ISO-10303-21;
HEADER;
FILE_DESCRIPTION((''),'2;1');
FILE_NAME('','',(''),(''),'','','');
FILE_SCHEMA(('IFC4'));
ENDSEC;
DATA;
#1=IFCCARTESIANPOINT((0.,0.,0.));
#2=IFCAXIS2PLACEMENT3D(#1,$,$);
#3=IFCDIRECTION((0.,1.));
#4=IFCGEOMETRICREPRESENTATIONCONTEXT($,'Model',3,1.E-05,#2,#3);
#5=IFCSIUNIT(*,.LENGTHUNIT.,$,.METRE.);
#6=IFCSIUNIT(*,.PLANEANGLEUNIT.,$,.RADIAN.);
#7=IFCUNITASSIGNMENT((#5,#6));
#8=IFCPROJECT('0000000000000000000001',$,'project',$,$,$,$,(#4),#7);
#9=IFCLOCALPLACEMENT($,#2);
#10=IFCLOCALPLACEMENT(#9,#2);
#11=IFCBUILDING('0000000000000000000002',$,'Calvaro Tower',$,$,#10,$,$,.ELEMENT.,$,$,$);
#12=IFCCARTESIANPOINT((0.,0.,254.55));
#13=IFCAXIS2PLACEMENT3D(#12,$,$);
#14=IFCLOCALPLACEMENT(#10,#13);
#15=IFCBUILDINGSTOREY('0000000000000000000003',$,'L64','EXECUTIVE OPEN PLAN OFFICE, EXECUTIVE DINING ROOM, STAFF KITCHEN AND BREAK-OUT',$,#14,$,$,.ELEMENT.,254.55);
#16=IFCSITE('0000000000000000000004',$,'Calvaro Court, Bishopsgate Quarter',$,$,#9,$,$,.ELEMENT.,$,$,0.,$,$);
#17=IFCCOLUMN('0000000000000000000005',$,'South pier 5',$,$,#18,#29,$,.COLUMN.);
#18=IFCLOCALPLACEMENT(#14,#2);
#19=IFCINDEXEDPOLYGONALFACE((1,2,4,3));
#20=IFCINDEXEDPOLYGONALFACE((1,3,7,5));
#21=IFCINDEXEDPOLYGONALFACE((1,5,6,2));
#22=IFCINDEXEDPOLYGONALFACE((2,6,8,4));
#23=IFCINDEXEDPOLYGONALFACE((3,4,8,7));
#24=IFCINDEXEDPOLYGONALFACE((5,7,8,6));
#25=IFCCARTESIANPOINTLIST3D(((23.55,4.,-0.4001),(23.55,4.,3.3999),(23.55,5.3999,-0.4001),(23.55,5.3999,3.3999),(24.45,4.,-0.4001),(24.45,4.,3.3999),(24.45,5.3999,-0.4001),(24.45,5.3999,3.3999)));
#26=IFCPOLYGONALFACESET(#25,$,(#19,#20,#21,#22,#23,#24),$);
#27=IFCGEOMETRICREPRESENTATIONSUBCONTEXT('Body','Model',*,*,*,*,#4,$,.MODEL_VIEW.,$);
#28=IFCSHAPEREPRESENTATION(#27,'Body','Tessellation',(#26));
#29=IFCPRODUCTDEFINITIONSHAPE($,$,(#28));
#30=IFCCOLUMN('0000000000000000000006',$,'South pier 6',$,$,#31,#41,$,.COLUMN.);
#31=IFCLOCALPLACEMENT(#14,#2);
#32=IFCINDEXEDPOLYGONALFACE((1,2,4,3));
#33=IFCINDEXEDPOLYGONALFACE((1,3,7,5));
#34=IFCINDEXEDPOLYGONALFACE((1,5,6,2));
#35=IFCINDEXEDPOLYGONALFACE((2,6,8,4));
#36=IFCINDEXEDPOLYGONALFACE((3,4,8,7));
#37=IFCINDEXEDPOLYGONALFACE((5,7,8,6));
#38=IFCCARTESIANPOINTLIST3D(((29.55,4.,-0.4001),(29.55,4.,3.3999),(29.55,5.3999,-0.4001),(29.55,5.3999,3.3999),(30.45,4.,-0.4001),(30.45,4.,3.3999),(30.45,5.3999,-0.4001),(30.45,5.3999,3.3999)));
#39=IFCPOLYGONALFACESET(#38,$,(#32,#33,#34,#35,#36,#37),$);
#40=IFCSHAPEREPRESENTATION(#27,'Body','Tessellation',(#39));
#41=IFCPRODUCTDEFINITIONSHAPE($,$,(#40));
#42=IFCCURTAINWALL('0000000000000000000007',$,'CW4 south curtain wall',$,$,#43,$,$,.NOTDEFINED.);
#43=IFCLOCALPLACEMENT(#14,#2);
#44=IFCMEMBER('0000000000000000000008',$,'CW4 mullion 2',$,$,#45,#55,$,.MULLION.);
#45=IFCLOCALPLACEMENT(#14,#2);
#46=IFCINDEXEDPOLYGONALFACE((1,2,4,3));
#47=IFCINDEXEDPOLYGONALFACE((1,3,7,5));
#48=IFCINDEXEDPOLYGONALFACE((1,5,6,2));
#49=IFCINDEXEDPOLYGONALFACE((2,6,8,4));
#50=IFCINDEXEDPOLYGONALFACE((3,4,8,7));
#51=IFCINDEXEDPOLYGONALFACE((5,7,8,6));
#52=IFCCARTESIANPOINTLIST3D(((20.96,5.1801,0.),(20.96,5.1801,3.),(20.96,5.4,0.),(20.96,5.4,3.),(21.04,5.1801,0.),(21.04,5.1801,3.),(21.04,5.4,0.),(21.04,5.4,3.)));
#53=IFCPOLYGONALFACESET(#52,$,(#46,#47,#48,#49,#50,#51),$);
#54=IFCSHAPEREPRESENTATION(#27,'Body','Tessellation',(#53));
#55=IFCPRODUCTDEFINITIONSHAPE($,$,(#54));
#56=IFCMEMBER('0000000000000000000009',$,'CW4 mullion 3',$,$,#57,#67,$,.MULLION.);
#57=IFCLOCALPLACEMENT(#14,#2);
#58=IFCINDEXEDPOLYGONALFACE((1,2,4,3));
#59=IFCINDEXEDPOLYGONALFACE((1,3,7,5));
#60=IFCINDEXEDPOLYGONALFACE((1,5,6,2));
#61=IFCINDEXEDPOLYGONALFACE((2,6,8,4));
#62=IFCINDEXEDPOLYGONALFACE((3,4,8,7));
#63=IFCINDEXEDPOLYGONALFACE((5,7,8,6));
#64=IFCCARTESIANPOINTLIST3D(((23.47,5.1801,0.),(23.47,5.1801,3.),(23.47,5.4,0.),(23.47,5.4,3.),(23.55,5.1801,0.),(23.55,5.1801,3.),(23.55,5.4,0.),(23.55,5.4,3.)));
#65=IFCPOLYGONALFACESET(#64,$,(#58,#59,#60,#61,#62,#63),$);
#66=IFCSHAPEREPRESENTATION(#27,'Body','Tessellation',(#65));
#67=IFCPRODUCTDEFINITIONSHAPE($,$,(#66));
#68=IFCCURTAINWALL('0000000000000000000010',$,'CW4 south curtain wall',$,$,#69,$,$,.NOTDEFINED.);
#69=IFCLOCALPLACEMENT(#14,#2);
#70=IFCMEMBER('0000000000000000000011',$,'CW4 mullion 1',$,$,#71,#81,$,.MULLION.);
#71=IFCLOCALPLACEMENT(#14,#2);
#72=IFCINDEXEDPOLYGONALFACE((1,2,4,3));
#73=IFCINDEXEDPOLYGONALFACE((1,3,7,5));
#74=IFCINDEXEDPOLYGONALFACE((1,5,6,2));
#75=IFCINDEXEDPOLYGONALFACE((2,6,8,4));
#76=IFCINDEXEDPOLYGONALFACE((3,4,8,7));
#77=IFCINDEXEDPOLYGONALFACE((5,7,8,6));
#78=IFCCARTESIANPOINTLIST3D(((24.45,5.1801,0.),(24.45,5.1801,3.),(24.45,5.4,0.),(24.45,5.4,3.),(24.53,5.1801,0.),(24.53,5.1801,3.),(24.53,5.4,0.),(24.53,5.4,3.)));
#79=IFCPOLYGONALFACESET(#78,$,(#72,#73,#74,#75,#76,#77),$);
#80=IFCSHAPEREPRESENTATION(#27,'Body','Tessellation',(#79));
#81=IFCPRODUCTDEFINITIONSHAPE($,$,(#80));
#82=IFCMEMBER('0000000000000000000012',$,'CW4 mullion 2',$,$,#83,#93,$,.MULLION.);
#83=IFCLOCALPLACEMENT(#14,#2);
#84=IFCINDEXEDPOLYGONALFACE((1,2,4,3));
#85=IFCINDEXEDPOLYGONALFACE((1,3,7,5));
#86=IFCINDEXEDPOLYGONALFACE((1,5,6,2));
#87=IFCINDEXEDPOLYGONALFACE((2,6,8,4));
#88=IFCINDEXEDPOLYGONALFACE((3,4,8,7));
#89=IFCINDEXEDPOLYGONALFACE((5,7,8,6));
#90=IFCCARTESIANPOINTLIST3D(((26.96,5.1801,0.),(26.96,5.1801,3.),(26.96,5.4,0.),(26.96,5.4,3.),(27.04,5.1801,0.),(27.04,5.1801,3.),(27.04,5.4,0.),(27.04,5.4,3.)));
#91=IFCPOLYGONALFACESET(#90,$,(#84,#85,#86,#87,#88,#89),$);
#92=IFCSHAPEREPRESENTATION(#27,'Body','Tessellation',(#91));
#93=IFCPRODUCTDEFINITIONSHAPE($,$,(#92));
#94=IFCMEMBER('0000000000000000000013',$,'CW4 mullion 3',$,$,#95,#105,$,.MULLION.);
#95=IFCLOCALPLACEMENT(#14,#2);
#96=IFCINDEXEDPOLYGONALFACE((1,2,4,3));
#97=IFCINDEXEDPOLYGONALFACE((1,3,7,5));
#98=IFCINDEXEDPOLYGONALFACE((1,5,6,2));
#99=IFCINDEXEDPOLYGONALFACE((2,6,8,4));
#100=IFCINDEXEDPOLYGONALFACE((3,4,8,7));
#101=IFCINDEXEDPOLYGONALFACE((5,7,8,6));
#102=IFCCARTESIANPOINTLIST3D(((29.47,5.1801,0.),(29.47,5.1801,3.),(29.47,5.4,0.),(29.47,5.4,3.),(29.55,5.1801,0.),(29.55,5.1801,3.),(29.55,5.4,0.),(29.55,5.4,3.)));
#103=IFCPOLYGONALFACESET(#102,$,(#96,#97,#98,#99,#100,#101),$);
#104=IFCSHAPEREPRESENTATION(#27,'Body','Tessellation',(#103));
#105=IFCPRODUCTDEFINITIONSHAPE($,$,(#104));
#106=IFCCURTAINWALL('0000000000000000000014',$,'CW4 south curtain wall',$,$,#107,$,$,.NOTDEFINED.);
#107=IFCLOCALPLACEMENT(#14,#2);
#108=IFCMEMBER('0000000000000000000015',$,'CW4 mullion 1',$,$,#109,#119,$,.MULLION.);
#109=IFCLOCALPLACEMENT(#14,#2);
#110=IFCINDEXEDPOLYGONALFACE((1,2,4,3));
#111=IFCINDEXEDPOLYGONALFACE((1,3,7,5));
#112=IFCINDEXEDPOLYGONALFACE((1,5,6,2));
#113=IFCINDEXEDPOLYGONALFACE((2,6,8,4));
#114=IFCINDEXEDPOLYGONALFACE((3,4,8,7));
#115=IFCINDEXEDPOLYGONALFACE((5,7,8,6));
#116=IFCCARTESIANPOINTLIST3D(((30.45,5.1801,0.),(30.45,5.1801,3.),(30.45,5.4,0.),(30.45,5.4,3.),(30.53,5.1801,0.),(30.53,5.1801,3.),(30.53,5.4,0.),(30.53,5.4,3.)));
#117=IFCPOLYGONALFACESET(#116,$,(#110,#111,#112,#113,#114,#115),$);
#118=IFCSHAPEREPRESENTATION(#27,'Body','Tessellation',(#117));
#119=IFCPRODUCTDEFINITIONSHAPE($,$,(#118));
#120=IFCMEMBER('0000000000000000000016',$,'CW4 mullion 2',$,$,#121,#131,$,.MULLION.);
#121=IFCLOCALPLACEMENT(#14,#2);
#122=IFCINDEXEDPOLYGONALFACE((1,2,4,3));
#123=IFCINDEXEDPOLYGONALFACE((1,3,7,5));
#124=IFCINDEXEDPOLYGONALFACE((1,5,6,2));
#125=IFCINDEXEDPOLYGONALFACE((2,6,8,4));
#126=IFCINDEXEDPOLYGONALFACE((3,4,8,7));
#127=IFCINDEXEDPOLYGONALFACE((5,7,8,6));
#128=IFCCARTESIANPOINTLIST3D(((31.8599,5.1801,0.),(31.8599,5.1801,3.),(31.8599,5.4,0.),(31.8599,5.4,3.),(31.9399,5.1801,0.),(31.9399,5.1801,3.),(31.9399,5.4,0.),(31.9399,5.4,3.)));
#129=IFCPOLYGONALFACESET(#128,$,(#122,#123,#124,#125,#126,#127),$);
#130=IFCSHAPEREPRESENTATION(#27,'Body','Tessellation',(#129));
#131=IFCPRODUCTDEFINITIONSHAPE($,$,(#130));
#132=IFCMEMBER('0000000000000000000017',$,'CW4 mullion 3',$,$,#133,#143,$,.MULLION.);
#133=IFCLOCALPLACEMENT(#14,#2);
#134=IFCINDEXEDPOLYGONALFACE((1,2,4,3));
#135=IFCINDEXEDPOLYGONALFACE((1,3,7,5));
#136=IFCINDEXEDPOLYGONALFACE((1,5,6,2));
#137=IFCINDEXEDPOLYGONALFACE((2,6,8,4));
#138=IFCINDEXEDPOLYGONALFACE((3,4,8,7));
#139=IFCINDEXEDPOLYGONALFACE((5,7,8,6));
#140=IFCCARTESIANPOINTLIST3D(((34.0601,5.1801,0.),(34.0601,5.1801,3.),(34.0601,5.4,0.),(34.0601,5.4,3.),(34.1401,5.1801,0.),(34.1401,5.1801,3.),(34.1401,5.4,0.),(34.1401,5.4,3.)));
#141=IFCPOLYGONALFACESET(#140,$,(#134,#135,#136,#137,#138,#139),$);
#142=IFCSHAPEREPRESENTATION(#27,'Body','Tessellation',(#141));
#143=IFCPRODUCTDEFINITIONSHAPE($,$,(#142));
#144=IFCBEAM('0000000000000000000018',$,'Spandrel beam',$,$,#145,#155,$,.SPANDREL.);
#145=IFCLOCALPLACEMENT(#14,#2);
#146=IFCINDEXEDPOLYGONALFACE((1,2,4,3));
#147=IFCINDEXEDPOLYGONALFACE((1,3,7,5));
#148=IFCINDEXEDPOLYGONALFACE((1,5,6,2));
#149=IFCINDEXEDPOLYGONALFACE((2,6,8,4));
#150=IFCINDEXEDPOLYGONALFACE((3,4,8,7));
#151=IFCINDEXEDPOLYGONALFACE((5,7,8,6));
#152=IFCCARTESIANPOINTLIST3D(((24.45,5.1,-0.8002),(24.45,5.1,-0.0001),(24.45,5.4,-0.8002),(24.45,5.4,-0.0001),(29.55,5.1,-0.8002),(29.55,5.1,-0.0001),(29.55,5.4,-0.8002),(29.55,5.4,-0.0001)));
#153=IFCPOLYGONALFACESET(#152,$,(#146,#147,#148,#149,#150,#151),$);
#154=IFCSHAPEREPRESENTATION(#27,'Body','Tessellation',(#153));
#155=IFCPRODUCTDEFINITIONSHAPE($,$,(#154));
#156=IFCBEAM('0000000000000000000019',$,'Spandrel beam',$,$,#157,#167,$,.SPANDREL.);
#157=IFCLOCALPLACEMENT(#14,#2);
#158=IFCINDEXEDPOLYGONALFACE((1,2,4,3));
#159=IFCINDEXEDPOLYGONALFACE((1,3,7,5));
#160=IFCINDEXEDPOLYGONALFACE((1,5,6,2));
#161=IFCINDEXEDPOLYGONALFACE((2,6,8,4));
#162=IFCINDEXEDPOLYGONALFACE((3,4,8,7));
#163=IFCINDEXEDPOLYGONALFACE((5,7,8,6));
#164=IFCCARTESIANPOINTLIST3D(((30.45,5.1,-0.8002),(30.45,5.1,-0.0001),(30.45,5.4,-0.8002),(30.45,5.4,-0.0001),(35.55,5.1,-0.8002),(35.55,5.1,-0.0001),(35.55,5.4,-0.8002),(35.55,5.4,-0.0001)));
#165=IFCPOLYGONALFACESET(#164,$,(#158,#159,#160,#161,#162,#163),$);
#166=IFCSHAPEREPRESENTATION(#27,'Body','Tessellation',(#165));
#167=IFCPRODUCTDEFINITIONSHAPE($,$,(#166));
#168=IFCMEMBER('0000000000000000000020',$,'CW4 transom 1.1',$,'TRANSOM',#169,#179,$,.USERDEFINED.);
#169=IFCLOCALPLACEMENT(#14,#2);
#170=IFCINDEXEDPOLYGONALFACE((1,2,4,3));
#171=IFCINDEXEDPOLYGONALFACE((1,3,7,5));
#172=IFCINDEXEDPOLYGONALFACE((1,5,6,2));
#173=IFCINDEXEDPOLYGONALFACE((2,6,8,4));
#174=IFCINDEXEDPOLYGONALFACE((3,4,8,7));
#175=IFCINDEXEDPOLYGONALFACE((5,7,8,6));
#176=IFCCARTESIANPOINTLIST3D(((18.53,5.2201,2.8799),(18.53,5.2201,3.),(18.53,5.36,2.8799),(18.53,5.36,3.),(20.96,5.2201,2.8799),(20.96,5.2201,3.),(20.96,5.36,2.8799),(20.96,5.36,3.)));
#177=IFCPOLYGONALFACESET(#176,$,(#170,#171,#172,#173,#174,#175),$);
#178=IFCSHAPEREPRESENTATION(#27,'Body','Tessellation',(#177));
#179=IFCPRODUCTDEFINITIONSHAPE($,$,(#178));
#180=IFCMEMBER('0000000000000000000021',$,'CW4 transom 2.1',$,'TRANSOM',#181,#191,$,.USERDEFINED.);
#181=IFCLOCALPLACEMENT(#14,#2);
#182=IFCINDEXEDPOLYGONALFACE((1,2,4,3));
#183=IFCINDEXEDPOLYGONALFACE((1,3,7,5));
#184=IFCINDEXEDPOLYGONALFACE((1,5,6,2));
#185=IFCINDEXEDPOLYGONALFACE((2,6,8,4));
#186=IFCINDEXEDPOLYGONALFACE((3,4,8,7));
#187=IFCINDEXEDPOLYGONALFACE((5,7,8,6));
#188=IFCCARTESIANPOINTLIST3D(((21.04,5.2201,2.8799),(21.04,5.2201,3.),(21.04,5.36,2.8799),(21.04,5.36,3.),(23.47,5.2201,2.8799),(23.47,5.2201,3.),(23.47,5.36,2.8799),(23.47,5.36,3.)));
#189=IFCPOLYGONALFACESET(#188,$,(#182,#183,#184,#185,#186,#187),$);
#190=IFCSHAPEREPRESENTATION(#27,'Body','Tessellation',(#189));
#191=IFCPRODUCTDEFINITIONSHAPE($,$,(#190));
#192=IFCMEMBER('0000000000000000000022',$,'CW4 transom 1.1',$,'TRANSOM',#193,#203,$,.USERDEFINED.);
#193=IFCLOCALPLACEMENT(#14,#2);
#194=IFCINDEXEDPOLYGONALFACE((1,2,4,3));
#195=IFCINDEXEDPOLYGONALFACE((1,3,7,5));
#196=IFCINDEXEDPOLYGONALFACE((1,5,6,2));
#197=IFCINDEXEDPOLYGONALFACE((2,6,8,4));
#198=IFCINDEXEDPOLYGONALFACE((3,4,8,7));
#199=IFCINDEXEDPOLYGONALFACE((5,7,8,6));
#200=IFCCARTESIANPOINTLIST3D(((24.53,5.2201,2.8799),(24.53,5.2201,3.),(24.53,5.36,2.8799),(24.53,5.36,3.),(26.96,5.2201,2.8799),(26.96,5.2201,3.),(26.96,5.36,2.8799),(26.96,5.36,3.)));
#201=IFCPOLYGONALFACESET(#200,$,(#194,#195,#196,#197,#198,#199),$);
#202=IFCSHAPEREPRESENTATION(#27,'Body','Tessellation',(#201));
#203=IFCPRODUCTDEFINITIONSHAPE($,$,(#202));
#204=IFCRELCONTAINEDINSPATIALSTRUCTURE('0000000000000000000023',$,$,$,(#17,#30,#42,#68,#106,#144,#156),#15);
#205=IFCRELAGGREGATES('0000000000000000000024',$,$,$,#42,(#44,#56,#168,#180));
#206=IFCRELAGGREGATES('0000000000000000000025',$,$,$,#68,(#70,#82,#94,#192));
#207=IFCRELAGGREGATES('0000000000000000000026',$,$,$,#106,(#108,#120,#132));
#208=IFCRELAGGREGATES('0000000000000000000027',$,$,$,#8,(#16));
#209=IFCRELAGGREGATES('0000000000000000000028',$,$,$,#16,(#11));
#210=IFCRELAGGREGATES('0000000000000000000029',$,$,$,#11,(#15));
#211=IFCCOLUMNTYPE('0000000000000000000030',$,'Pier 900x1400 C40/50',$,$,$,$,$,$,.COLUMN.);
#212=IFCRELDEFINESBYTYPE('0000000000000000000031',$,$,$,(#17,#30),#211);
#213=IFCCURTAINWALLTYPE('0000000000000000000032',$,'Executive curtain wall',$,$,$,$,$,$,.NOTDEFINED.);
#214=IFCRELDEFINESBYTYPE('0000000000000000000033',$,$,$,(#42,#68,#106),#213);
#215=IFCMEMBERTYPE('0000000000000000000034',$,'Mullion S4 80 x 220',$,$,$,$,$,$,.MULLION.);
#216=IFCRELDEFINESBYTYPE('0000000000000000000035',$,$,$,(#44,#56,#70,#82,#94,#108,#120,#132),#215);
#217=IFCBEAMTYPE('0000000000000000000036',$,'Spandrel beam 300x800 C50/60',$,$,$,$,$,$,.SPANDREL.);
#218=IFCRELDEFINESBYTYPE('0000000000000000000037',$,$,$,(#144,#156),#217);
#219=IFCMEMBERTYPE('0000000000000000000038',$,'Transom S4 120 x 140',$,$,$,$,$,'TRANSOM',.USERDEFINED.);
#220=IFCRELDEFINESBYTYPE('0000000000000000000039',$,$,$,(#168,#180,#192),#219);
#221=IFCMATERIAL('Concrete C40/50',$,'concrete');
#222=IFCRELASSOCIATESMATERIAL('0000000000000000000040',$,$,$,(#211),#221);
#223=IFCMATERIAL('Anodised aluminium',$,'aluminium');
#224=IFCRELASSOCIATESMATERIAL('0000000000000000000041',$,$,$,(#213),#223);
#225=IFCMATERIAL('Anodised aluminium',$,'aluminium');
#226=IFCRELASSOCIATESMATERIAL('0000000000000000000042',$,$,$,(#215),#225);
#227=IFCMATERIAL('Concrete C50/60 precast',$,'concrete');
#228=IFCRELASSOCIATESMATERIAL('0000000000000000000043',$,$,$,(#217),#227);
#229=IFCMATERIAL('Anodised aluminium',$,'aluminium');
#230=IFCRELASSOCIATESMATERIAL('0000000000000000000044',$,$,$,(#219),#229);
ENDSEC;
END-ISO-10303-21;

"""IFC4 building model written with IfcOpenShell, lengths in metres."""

from ifc_helpers import new_model, si_unit, direction, frame, origin, origin_2d, place, context, subcontext, project, spatial, rectangle, extrude, material, material_profile, profile_set, type_object, element, aggregate, save


model = new_model("IFC4")

# Units and contexts
model_context = context("Model", 3, precision=1e-05, world=origin(), true_north=direction((0.0, 1.0)))
body_context = subcontext(model_context, "Body", "Model", "MODEL_VIEW")
ifc_project = project(units=[si_unit("LENGTHUNIT", "METRE"), si_unit("PLANEANGLEUNIT", "RADIAN")], contexts=[model_context])

# Site, building, storey
site_placement = place(None, origin())
site = spatial("IfcSite", under=ifc_project, at=site_placement, Name="Calvaro Court, Bishopsgate Quarter", CompositionType="ELEMENT", RefElevation=0.0)
building_placement = place(site_placement, origin())
building = spatial("IfcBuilding", under=site, at=building_placement, Name="Calvaro Tower", CompositionType="ELEMENT")
storey_placement = place(building_placement, frame((0.0, 0.0, 254.55)))
storey = spatial("IfcBuildingStorey", under=building, at=storey_placement, Name="L64", Description="EXECUTIVE OPEN PLAN OFFICE, EXECUTIVE DINING ROOM, STAFF KITCHEN AND BREAK-OUT", CompositionType="ELEMENT", Elevation=254.55)

# Columns
ifc_material_1 = material(Name="Concrete C40/50", Category="concrete")
ifc_material_profile_1 = material_profile(ifc_material_1, rectangle(XDim=0.8999, YDim=1.3999, at=origin_2d()), Name="RC 900x1400")
ifc_profile_set_1 = profile_set([ifc_material_profile_1], Name="Concrete C40/50")
column_type = type_object("IfcColumnType", Name="Pier 900x1400 C40/50", PredefinedType="COLUMN", material=ifc_profile_set_1)
for number, where, z_axis, x_axis, name in (
    (1, (24.0, 4.7, -0.4001), (0.0, 0.0, 1.0), (1.0, 0.0, 0.0), "South pier 5"),
    (2, (30.0, 4.7, -0.4001), (0.0, 0.0, 1.0), (1.0, 0.0, 0.0), "South pier 6"),
):
    element("IfcColumn", number, at=place(storey_placement, frame(where, z_axis=z_axis, x_axis=x_axis)), inside=storey, type_object=column_type, Name=name, PredefinedType="COLUMN", context=body_context, shape_type="SweptSolid", body=[
        extrude(rectangle(XDim=0.8999, YDim=1.3999, at=origin_2d()), origin(), (0.0, 0.0, 1.0), 3.8),
    ])

# Curtain walls, members
ifc_material_2 = material(Name="Anodised aluminium", Category="aluminium")
curtain_wall_type = type_object("IfcCurtainWallType", Name="Executive curtain wall", PredefinedType="NOTDEFINED", material=ifc_material_2)
curtain_wall_1_placement = place(storey_placement, origin())
curtain_wall_1 = element("IfcCurtainWall", 3, at=curtain_wall_1_placement, inside=storey, type_object=curtain_wall_type, Name="CW4 south curtain wall", PredefinedType="NOTDEFINED")
ifc_material_3 = material(Name="Anodised aluminium", Category="aluminium")
ifc_material_profile_2 = material_profile(ifc_material_3, rectangle(XDim=0.22, YDim=0.0801, at=origin_2d()), Name="Mullion S4 80 x 220")
ifc_profile_set_2 = profile_set([ifc_material_profile_2], Name="Anodised aluminium")
member_type_1 = type_object("IfcMemberType", Name="Mullion S4 80 x 220", PredefinedType="MULLION", material=ifc_profile_set_2)
member_1_placement = place(storey_placement, frame((21.0, 5.29, 0.0), z_axis=(0.0, 0.0, 1.0), x_axis=(0.0, 1.0, 0.0)))
member_1 = element("IfcMember", 4, at=member_1_placement, type_object=member_type_1, Name="CW4 mullion 2", PredefinedType="MULLION", context=body_context, shape_type="SweptSolid", body=[
    extrude(rectangle(XDim=0.22, YDim=0.0801, at=origin_2d()), origin(), (0.0, 0.0, 1.0), 3.0),
])
member_2_placement = place(storey_placement, frame((23.51, 5.29, 0.0), z_axis=(0.0, 0.0, 1.0), x_axis=(0.0, 1.0, 0.0)))
member_2 = element("IfcMember", 5, at=member_2_placement, type_object=member_type_1, Name="CW4 mullion 3", PredefinedType="MULLION", context=body_context, shape_type="SweptSolid", body=[
    extrude(rectangle(XDim=0.22, YDim=0.0801, at=origin_2d()), origin(), (0.0, 0.0, 1.0), 3.0),
])
curtain_wall_2_placement = place(storey_placement, origin())
curtain_wall_2 = element("IfcCurtainWall", 6, at=curtain_wall_2_placement, inside=storey, type_object=curtain_wall_type, Name="CW4 south curtain wall", PredefinedType="NOTDEFINED")
member_3_placement = place(storey_placement, frame((24.49, 5.29, 0.0), z_axis=(0.0, 0.0, 1.0), x_axis=(0.0, 1.0, 0.0)))
member_3 = element("IfcMember", 7, at=member_3_placement, type_object=member_type_1, Name="CW4 mullion 1", PredefinedType="MULLION", context=body_context, shape_type="SweptSolid", body=[
    extrude(rectangle(XDim=0.22, YDim=0.0801, at=origin_2d()), origin(), (0.0, 0.0, 1.0), 3.0),
])
member_4_placement = place(storey_placement, frame((27.0, 5.29, 0.0), z_axis=(0.0, 0.0, 1.0), x_axis=(0.0, 1.0, 0.0)))
member_4 = element("IfcMember", 8, at=member_4_placement, type_object=member_type_1, Name="CW4 mullion 2", PredefinedType="MULLION", context=body_context, shape_type="SweptSolid", body=[
    extrude(rectangle(XDim=0.22, YDim=0.0801, at=origin_2d()), origin(), (0.0, 0.0, 1.0), 3.0),
])
member_5_placement = place(storey_placement, frame((29.51, 5.29, 0.0), z_axis=(0.0, 0.0, 1.0), x_axis=(0.0, 1.0, 0.0)))
member_5 = element("IfcMember", 9, at=member_5_placement, type_object=member_type_1, Name="CW4 mullion 3", PredefinedType="MULLION", context=body_context, shape_type="SweptSolid", body=[
    extrude(rectangle(XDim=0.22, YDim=0.0801, at=origin_2d()), origin(), (0.0, 0.0, 1.0), 3.0),
])
curtain_wall_3_placement = place(storey_placement, origin())
curtain_wall_3 = element("IfcCurtainWall", 10, at=curtain_wall_3_placement, inside=storey, type_object=curtain_wall_type, Name="CW4 south curtain wall", PredefinedType="NOTDEFINED")
member_6_placement = place(storey_placement, frame((30.49, 5.29, 0.0), z_axis=(0.0, 0.0, 1.0), x_axis=(0.0, 1.0, 0.0)))
member_6 = element("IfcMember", 11, at=member_6_placement, type_object=member_type_1, Name="CW4 mullion 1", PredefinedType="MULLION", context=body_context, shape_type="SweptSolid", body=[
    extrude(rectangle(XDim=0.22, YDim=0.0801, at=origin_2d()), origin(), (0.0, 0.0, 1.0), 3.0),
])
member_7_placement = place(storey_placement, frame((31.8999, 5.29, 0.0), z_axis=(0.0, 0.0, 1.0), x_axis=(0.0, 1.0, 0.0)))
member_7 = element("IfcMember", 12, at=member_7_placement, type_object=member_type_1, Name="CW4 mullion 2", PredefinedType="MULLION", context=body_context, shape_type="SweptSolid", body=[
    extrude(rectangle(XDim=0.22, YDim=0.0801, at=origin_2d()), origin(), (0.0, 0.0, 1.0), 3.0),
])
member_8_placement = place(storey_placement, frame((34.1001, 5.29, 0.0), z_axis=(0.0, 0.0, 1.0), x_axis=(0.0, 1.0, 0.0)))
member_8 = element("IfcMember", 13, at=member_8_placement, type_object=member_type_1, Name="CW4 mullion 3", PredefinedType="MULLION", context=body_context, shape_type="SweptSolid", body=[
    extrude(rectangle(XDim=0.22, YDim=0.0801, at=origin_2d()), origin(), (0.0, 0.0, 1.0), 3.0),
])

# Beams
ifc_material_4 = material(Name="Concrete C50/60 precast", Category="concrete")
ifc_material_profile_3 = material_profile(ifc_material_4, rectangle(XDim=0.3, YDim=0.8, at=origin_2d()), Name="RC 300x800")
ifc_profile_set_3 = profile_set([ifc_material_profile_3], Name="Concrete C50/60 precast")
beam_type = type_object("IfcBeamType", Name="Spandrel beam 300x800 C50/60", PredefinedType="SPANDREL", material=ifc_profile_set_3)
for number, where, z_axis, x_axis, name in (
    (14, (24.45, 5.25, -0.4001), (1.0, 0.0, 0.0), (0.0, 1.0, 0.0), "Spandrel beam"),
    (15, (30.45, 5.25, -0.4001), (1.0, 0.0, 0.0), (0.0, 1.0, 0.0), "Spandrel beam"),
):
    element("IfcBeam", number, at=place(storey_placement, frame(where, z_axis=z_axis, x_axis=x_axis)), inside=storey, type_object=beam_type, Name=name, PredefinedType="SPANDREL", context=body_context, shape_type="SweptSolid", body=[
        extrude(rectangle(XDim=0.3, YDim=0.8, at=origin_2d()), origin(), (0.0, 0.0, 1.0), 5.1001),
    ])

# Members
ifc_material_5 = material(Name="Anodised aluminium", Category="aluminium")
ifc_material_profile_4 = material_profile(ifc_material_5, rectangle(XDim=0.1399, YDim=0.1201, at=origin_2d()), Name="Transom S4 120 x 140")
ifc_profile_set_4 = profile_set([ifc_material_profile_4], Name="Anodised aluminium")
member_type_2 = type_object("IfcMemberType", Name="Transom S4 120 x 140", ElementType="TRANSOM", PredefinedType="USERDEFINED", material=ifc_profile_set_4)
member_9_placement = place(storey_placement, frame((18.53, 5.29, 2.9399), z_axis=(1.0, 0.0, 0.0), x_axis=(0.0, 1.0, 0.0)))
member_9 = element("IfcMember", 16, at=member_9_placement, type_object=member_type_2, Name="CW4 transom 1.1", ObjectType="TRANSOM", PredefinedType="USERDEFINED", context=body_context, shape_type="SweptSolid", body=[
    extrude(rectangle(XDim=0.1399, YDim=0.1201, at=origin_2d()), origin(), (0.0, 0.0, 1.0), 2.4299),
])
member_10_placement = place(storey_placement, frame((21.04, 5.29, 2.9399), z_axis=(1.0, 0.0, 0.0), x_axis=(0.0, 1.0, 0.0)))
member_10 = element("IfcMember", 17, at=member_10_placement, type_object=member_type_2, Name="CW4 transom 2.1", ObjectType="TRANSOM", PredefinedType="USERDEFINED", context=body_context, shape_type="SweptSolid", body=[
    extrude(rectangle(XDim=0.1399, YDim=0.1201, at=origin_2d()), origin(), (0.0, 0.0, 1.0), 2.4299),
])
member_11_placement = place(storey_placement, frame((24.53, 5.29, 2.9399), z_axis=(1.0, 0.0, 0.0), x_axis=(0.0, 1.0, 0.0)))
member_11 = element("IfcMember", 18, at=member_11_placement, type_object=member_type_2, Name="CW4 transom 1.1", ObjectType="TRANSOM", PredefinedType="USERDEFINED", context=body_context, shape_type="SweptSolid", body=[
    extrude(rectangle(XDim=0.1399, YDim=0.1201, at=origin_2d()), origin(), (0.0, 0.0, 1.0), 2.4299),
])

aggregate(curtain_wall_1, [member_1, member_2, member_9, member_10])
aggregate(curtain_wall_2, [member_3, member_4, member_5, member_11])
aggregate(curtain_wall_3, [member_6, member_7, member_8])

save(model, "model.ifc")
